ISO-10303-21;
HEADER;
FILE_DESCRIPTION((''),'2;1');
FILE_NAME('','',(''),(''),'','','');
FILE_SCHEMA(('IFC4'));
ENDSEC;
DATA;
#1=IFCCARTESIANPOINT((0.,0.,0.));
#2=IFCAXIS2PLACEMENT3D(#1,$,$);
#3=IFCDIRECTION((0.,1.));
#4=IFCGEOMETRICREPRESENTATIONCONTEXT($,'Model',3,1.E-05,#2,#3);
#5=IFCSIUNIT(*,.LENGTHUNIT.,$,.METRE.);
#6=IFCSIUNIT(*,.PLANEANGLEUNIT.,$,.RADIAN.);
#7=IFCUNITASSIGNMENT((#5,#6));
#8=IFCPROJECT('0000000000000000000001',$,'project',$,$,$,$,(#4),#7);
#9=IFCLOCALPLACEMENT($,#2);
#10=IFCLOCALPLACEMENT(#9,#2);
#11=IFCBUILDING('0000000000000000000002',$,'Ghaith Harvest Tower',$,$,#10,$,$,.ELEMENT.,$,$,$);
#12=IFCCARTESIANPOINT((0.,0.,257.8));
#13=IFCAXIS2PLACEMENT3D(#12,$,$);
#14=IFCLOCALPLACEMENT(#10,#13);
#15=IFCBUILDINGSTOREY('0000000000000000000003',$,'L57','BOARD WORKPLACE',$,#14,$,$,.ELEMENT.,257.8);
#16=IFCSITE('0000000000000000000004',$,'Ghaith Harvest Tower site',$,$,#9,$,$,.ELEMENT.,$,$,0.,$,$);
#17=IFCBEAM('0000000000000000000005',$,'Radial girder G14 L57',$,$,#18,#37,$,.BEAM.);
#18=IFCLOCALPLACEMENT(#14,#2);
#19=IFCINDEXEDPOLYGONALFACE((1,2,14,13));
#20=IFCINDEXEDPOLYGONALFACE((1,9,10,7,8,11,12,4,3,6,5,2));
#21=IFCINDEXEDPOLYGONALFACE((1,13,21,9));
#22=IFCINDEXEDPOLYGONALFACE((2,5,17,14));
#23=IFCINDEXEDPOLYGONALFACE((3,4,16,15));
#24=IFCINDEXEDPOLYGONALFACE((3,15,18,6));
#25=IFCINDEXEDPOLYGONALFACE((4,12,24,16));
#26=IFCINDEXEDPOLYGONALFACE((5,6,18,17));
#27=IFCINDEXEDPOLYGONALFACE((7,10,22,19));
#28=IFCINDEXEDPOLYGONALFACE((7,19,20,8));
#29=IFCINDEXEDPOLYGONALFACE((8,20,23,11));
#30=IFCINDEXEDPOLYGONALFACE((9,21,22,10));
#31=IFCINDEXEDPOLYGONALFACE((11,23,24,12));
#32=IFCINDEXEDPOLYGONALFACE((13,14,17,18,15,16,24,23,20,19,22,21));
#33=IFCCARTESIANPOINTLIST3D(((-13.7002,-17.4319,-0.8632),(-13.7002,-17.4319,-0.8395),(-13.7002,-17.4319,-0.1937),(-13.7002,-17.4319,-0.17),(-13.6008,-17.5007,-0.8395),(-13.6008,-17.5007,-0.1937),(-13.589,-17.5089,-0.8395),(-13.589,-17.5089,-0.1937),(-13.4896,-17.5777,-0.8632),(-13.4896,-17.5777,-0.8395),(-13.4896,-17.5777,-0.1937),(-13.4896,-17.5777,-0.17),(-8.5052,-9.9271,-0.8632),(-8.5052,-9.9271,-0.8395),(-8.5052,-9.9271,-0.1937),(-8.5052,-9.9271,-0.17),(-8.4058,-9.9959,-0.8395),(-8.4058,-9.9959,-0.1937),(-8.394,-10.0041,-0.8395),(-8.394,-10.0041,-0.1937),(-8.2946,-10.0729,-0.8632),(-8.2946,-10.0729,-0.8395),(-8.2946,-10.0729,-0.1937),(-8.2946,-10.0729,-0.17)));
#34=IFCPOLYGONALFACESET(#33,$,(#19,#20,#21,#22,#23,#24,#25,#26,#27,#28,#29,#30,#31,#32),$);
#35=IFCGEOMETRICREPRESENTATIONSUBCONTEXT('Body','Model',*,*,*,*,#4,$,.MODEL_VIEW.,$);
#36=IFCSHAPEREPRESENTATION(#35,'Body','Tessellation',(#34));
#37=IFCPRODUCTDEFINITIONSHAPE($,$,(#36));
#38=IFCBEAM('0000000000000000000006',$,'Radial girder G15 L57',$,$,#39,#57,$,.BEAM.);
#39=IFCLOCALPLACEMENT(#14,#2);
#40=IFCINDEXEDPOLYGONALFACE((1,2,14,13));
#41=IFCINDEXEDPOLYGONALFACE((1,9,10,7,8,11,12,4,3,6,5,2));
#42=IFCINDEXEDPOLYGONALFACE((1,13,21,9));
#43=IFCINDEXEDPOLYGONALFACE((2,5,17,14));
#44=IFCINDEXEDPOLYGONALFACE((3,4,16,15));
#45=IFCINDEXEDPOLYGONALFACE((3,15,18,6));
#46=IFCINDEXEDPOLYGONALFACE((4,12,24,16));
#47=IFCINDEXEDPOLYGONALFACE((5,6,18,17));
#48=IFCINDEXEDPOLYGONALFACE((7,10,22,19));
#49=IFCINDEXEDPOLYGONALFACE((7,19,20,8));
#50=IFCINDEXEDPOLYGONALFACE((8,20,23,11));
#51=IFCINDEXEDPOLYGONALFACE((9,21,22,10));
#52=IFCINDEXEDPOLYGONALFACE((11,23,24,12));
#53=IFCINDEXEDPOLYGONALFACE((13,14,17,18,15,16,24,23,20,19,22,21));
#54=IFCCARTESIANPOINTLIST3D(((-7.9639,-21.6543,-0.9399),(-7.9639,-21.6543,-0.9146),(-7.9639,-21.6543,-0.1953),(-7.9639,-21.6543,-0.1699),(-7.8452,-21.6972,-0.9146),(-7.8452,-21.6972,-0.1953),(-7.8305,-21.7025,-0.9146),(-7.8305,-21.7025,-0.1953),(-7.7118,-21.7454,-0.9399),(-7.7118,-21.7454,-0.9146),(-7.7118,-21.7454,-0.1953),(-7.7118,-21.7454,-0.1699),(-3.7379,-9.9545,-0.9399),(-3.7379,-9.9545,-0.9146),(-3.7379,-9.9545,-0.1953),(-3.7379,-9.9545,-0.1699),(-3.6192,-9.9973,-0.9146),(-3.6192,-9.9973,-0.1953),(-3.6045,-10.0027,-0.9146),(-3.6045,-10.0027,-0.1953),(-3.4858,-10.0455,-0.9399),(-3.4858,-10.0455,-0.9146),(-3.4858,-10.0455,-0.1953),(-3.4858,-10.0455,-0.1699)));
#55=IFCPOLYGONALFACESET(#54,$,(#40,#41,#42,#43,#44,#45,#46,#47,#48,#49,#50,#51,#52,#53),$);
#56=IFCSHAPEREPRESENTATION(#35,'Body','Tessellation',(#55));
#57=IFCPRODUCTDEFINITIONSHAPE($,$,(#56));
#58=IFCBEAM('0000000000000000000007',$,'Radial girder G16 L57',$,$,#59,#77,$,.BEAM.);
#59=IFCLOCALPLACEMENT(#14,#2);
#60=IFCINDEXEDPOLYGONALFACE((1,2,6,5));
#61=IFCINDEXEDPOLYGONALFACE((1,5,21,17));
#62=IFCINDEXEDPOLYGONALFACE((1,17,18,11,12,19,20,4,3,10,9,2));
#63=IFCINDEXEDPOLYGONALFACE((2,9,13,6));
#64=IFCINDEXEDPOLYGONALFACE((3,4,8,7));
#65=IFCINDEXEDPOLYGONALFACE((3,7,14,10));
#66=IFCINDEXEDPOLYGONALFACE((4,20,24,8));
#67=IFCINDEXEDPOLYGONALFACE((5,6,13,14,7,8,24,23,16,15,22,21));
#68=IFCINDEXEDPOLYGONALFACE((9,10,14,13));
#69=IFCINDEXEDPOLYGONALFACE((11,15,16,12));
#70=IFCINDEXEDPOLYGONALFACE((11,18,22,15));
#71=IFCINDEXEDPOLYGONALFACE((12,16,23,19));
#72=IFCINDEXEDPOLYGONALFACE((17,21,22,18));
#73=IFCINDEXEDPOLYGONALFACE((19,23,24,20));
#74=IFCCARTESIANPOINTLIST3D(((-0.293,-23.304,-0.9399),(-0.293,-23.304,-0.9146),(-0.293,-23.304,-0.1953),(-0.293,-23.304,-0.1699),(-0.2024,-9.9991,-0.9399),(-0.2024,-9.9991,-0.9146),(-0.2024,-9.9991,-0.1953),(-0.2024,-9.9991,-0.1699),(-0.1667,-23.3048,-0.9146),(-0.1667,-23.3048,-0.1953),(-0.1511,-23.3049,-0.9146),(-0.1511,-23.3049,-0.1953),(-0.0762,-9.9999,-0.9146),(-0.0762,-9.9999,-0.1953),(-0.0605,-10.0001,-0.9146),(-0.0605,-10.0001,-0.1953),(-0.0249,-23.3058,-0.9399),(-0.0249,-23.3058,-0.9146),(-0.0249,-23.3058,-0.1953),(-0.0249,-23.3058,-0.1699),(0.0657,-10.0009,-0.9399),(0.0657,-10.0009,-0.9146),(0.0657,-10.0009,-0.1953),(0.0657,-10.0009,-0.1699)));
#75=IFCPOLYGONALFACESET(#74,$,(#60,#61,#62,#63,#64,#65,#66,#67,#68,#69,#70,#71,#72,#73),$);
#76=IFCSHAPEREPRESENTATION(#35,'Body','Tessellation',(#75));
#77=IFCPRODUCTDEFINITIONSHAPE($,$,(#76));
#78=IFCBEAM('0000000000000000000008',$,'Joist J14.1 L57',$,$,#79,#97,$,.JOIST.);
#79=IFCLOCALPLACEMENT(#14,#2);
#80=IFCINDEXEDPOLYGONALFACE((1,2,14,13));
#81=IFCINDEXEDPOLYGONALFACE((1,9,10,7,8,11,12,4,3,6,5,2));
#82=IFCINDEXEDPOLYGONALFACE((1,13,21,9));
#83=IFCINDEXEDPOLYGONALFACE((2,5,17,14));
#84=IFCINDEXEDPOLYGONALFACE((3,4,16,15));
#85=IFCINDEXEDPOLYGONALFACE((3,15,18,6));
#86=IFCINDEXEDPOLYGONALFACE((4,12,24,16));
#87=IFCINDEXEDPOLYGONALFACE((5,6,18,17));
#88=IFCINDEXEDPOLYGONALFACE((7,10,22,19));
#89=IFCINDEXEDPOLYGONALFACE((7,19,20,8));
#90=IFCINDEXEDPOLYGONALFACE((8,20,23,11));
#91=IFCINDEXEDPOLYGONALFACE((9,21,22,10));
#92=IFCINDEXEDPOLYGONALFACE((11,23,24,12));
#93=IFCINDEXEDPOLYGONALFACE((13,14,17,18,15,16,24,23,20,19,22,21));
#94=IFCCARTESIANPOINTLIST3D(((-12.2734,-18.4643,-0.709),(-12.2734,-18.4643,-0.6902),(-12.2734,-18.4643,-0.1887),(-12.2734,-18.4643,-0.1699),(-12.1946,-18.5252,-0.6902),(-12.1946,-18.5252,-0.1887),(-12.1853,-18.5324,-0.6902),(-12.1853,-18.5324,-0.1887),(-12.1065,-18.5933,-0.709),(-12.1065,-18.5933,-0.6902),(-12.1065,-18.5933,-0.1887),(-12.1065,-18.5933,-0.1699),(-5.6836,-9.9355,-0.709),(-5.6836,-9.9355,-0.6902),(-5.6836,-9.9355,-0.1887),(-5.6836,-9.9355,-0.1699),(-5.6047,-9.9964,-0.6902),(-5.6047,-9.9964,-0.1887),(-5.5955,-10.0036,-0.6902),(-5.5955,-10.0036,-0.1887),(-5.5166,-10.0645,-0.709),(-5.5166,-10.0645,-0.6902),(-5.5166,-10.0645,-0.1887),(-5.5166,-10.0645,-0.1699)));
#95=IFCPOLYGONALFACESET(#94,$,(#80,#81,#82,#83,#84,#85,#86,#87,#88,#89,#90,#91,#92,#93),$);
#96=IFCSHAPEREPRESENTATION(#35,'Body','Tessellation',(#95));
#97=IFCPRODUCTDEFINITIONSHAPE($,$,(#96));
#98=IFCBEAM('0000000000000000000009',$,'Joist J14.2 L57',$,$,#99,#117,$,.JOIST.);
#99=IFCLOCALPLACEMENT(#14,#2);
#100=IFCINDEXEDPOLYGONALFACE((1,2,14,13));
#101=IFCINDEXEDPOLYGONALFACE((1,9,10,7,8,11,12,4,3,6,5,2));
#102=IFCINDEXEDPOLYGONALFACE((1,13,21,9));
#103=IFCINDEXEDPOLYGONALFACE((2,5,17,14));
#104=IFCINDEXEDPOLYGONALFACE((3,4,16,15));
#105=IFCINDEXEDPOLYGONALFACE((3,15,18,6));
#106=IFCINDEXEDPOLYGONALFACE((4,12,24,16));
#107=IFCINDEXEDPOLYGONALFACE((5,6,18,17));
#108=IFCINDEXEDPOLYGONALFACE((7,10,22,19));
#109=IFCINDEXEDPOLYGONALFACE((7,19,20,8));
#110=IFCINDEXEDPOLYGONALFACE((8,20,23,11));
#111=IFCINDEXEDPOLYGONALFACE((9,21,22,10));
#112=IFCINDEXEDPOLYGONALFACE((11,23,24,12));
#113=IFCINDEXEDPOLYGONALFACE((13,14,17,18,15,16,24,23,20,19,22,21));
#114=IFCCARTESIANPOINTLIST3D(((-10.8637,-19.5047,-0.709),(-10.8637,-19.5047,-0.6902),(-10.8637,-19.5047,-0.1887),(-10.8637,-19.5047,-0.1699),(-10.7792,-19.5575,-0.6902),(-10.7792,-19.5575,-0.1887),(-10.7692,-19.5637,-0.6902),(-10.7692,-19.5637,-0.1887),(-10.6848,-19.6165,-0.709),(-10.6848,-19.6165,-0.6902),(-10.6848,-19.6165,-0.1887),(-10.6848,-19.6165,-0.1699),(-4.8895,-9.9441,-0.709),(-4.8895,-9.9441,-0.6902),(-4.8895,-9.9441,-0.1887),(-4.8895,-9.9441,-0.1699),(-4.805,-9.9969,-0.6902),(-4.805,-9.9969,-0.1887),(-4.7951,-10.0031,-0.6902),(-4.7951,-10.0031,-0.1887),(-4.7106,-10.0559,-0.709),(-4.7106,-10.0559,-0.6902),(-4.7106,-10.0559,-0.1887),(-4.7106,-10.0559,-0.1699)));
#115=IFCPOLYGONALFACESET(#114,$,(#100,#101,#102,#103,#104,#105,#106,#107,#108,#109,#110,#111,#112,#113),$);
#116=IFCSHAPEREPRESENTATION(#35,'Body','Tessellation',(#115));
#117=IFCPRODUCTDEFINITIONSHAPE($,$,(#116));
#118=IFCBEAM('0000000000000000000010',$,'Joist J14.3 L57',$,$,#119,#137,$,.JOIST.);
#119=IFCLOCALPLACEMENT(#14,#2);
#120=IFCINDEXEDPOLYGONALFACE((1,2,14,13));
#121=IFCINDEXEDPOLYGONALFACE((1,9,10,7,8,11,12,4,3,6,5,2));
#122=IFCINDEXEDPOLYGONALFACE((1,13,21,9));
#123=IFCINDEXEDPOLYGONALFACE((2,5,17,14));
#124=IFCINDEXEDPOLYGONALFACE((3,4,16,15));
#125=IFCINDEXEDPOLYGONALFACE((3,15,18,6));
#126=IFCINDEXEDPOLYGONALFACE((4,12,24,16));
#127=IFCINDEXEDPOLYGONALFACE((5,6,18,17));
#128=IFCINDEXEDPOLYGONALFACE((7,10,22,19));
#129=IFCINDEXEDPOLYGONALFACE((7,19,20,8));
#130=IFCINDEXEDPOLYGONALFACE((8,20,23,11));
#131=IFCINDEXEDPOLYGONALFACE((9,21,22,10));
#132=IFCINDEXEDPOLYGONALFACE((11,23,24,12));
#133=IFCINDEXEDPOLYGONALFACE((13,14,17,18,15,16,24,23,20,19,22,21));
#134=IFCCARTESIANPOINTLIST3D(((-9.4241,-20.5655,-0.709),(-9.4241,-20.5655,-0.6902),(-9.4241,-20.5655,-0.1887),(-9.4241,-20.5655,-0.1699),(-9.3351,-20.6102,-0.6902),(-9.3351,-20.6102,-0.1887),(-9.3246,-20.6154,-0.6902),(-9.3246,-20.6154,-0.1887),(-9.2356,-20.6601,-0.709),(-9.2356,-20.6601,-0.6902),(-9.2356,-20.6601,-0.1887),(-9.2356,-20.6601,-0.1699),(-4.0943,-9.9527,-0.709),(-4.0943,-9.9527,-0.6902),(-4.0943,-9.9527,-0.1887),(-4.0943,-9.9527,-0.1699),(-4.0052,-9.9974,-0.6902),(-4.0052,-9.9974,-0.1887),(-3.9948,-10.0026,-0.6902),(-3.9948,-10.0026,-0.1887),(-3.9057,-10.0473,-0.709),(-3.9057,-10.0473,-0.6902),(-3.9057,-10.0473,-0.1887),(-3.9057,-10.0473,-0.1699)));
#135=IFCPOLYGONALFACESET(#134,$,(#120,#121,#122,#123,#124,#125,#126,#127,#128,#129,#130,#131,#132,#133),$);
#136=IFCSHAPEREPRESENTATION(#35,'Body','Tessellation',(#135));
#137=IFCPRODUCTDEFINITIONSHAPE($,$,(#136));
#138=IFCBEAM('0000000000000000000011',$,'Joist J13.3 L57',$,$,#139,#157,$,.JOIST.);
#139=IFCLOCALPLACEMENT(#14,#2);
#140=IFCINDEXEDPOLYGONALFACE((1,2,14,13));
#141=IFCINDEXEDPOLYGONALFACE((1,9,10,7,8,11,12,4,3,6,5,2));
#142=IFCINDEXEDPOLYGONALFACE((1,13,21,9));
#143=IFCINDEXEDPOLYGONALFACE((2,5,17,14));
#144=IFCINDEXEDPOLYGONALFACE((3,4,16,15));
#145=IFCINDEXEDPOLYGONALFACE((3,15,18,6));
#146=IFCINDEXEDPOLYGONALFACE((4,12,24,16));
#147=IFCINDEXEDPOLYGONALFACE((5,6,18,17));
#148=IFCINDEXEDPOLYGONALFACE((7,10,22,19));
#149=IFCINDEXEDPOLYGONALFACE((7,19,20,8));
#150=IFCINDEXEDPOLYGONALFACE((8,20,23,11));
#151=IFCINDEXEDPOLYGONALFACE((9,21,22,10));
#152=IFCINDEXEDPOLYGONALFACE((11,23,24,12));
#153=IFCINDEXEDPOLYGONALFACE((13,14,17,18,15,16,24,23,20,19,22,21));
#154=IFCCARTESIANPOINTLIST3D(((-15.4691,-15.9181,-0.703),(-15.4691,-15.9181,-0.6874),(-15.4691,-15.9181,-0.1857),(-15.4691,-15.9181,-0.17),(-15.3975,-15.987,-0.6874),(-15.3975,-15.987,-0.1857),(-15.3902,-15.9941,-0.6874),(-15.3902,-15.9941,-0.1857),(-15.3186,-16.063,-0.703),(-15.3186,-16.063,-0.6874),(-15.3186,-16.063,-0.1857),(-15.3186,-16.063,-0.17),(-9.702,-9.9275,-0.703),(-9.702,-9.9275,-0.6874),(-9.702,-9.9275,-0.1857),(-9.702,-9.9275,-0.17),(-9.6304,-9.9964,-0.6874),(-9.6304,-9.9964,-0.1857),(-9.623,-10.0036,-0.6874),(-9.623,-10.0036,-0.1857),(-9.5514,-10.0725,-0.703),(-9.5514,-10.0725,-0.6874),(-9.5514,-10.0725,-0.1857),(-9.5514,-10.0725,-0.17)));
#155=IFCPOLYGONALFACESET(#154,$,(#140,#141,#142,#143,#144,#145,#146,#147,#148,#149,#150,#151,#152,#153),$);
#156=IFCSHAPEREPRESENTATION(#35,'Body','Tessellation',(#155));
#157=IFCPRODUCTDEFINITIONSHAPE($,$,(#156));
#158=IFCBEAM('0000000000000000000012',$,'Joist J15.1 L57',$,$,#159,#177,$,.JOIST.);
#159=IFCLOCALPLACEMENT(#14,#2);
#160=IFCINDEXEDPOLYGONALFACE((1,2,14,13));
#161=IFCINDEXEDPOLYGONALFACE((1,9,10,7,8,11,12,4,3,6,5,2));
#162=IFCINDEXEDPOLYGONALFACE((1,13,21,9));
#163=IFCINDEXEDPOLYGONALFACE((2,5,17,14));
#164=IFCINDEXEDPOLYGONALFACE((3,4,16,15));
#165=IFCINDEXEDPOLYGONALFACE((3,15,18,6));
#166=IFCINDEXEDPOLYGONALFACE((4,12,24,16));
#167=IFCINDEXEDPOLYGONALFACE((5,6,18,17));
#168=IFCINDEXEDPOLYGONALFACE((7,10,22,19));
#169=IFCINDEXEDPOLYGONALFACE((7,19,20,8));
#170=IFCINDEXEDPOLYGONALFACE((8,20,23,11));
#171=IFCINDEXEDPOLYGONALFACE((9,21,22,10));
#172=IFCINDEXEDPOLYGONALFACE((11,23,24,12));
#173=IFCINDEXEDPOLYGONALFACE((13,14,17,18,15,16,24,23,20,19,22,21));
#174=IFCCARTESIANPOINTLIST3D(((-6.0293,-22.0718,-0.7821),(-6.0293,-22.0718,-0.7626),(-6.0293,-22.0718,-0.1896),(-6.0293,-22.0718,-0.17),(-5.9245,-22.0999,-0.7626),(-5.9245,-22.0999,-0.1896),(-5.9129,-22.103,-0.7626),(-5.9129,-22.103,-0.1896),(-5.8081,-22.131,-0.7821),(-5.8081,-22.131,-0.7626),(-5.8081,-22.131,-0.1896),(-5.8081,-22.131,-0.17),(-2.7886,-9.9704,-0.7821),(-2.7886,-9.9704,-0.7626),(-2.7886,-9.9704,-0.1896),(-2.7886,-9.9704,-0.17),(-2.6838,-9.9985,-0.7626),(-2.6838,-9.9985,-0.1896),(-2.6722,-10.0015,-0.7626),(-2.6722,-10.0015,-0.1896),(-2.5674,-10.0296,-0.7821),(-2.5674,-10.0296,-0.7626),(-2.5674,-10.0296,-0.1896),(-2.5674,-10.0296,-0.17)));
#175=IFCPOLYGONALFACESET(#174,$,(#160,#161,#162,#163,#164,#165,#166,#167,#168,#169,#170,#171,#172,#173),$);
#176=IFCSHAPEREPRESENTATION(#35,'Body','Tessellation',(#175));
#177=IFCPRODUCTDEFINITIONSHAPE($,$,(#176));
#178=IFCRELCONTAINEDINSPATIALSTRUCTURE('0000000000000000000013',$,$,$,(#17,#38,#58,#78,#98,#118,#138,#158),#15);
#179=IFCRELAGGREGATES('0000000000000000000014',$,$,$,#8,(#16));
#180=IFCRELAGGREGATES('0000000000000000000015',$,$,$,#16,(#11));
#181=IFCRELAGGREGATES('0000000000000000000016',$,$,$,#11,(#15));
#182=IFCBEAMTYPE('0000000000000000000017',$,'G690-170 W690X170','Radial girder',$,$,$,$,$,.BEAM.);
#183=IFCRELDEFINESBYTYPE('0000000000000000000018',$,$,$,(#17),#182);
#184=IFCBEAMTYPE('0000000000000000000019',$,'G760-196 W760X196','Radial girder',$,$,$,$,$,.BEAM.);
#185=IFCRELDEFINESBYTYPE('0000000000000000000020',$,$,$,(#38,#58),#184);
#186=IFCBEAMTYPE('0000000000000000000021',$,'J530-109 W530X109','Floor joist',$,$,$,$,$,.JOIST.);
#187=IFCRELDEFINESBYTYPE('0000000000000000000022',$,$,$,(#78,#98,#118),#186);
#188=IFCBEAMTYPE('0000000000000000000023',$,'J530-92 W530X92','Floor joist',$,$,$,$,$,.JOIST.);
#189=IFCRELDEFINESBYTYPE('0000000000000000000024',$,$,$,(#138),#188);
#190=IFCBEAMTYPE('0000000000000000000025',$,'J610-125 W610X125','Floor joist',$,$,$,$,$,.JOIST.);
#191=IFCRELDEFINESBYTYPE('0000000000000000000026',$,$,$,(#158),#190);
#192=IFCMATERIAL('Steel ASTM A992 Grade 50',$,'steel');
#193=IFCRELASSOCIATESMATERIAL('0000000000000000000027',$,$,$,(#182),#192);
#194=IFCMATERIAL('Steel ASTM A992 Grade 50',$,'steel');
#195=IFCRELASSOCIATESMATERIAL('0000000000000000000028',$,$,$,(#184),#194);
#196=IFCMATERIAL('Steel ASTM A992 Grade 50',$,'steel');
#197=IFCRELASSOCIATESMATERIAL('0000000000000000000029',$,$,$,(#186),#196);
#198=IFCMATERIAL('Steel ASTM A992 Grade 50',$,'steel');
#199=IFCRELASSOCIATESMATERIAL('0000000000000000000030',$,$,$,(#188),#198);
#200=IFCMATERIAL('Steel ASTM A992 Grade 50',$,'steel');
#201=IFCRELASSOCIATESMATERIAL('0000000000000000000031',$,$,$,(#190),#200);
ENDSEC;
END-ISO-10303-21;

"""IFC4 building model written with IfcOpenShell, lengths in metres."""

from ifc_helpers import new_model, si_unit, direction, frame, origin, origin_2d, place, context, subcontext, project, spatial, i_section, extrude, material, material_profile, profile_set, type_object, element, save


model = new_model("IFC4")

# Units and contexts
model_context = context("Model", 3, precision=1e-05, world=origin(), true_north=direction((0.0, 1.0)))
body_context = subcontext(model_context, "Body", "Model", "MODEL_VIEW")
ifc_project = project(units=[si_unit("LENGTHUNIT", "METRE"), si_unit("PLANEANGLEUNIT", "RADIAN")], contexts=[model_context])

# Site, building, storey
site_placement = place(None, origin())
site = spatial("IfcSite", under=ifc_project, at=site_placement, Name="Ghaith Harvest Tower site", CompositionType="ELEMENT", RefElevation=0.0)
building_placement = place(site_placement, origin())
building = spatial("IfcBuilding", under=site, at=building_placement, Name="Ghaith Harvest Tower", CompositionType="ELEMENT")
storey_placement = place(building_placement, frame((0.0, 0.0, 257.8)))
storey = spatial("IfcBuildingStorey", under=building, at=storey_placement, Name="L57", Description="BOARD WORKPLACE", CompositionType="ELEMENT", Elevation=257.8)

# Beams
ifc_material_1 = material(Name="Steel ASTM A992 Grade 50", Category="steel")
ifc_material_profile_1 = material_profile(ifc_material_1, i_section(OverallWidth=0.2561, OverallDepth=0.6931, WebThickness=0.0144, FlangeThickness=0.0237, at=origin_2d()), Name="W690X170")
ifc_profile_set_1 = profile_set([ifc_material_profile_1], Name="Steel ASTM A992 Grade 50")
beam_type_1 = type_object("IfcBeamType", Name="G690-170 W690X170", Description="Radial girder", PredefinedType="BEAM", material=ifc_profile_set_1)
beam_1_placement = place(storey_placement, frame((-8.3999, -10.0, -0.5166), z_axis=(-0.569164, -0.822224, 0.0), x_axis=(0.822224, -0.569164, 0.0)))
element("IfcBeam", 1, at=beam_1_placement, inside=storey, type_object=beam_type_1, Name="Radial girder G14 L57", PredefinedType="BEAM", context=body_context, shape_type="SweptSolid", body=[
    extrude(i_section(OverallWidth=0.2561, OverallDepth=0.6931, WebThickness=0.0144, FlangeThickness=0.0237, at=origin_2d()), origin(), (0.0, 0.0, 1.0), 9.1274),
])
ifc_material_2 = material(Name="Steel ASTM A992 Grade 50", Category="steel")
ifc_material_profile_2 = material_profile(ifc_material_2, i_section(OverallWidth=0.2681, OverallDepth=0.77, WebThickness=0.0156, FlangeThickness=0.0254, at=origin_2d()), Name="W760X196")
ifc_profile_set_2 = profile_set([ifc_material_profile_2], Name="Steel ASTM A992 Grade 50")
beam_type_2 = type_object("IfcBeamType", Name="G760-196 W760X196", Description="Radial girder", PredefinedType="BEAM", material=ifc_profile_set_2)
beam_2_placement = place(storey_placement, frame((-3.6118, -10.0, -0.5549), z_axis=(-0.339722, -0.940526, 0.0), x_axis=(0.940526, -0.339722, 0.0)))
element("IfcBeam", 2, at=beam_2_placement, inside=storey, type_object=beam_type_2, Name="Radial girder G15 L57", PredefinedType="BEAM", context=body_context, shape_type="SweptSolid", body=[
    extrude(i_section(OverallWidth=0.2681, OverallDepth=0.77, WebThickness=0.0156, FlangeThickness=0.0254, at=origin_2d()), origin(), (0.0, 0.0, 1.0), 12.4397),
])
beam_3_placement = place(storey_placement, frame((-0.0684, -10.0, -0.5549), z_axis=(-0.006808, -0.999977, 0.0), x_axis=(0.999977, -0.006808, 0.0)))
element("IfcBeam", 3, at=beam_3_placement, inside=storey, type_object=beam_type_2, Name="Radial girder G16 L57", PredefinedType="BEAM", context=body_context, shape_type="SweptSolid", body=[
    extrude(i_section(OverallWidth=0.2681, OverallDepth=0.77, WebThickness=0.0156, FlangeThickness=0.0254, at=origin_2d()), origin(), (0.0, 0.0, 1.0), 13.3052),
])
ifc_material_3 = material(Name="Steel ASTM A992 Grade 50", Category="steel")
ifc_material_profile_3 = material_profile(ifc_material_3, i_section(OverallWidth=0.2109, OverallDepth=0.5391, WebThickness=0.0117, FlangeThickness=0.0188, at=origin_2d()), Name="W530X109")
ifc_profile_set_3 = profile_set([ifc_material_profile_3], Name="Steel ASTM A992 Grade 50")
beam_type_3 = type_object("IfcBeamType", Name="J530-109 W530X109", Description="Floor joist", PredefinedType="JOIST", material=ifc_profile_set_3)
beam_4_placement = place(storey_placement, frame((-5.6001, -10.0, -0.4395), z_axis=(-0.611413, -0.791312, 0.0), x_axis=(0.791312, -0.611413, 0.0)))
element("IfcBeam", 4, at=beam_4_placement, inside=storey, type_object=beam_type_3, Name="Joist J14.1 L57", PredefinedType="JOIST", context=body_context, shape_type="SweptSolid", body=[
    extrude(i_section(OverallWidth=0.2109, OverallDepth=0.5391, WebThickness=0.0117, FlangeThickness=0.0188, at=origin_2d()), origin(), (0.0, 0.0, 1.0), 10.7781),
])
beam_5_placement = place(storey_placement, frame((-4.8, -10.0, -0.4395), z_axis=(-0.529921, -0.848047, 0.0), x_axis=(0.848047, -0.529921, 0.0)))
element("IfcBeam", 5, at=beam_5_placement, inside=storey, type_object=beam_type_3, Name="Joist J14.2 L57", PredefinedType="JOIST", context=body_context, shape_type="SweptSolid", body=[
    extrude(i_section(OverallWidth=0.2109, OverallDepth=0.5391, WebThickness=0.0117, FlangeThickness=0.0188, at=origin_2d()), origin(), (0.0, 0.0, 1.0), 11.2737),
])
beam_6_placement = place(storey_placement, frame((-4.0, -10.0, -0.4395), z_axis=(-0.448792, -0.893636, 0.0), x_axis=(0.893636, -0.448792, 0.0)))
element("IfcBeam", 6, at=beam_6_placement, inside=storey, type_object=beam_type_3, Name="Joist J14.3 L57", PredefinedType="JOIST", context=body_context, shape_type="SweptSolid", body=[
    extrude(i_section(OverallWidth=0.2109, OverallDepth=0.5391, WebThickness=0.0117, FlangeThickness=0.0188, at=origin_2d()), origin(), (0.0, 0.0, 1.0), 11.876),
])
ifc_material_4 = material(Name="Steel ASTM A992 Grade 50", Category="steel")
ifc_material_profile_4 = material_profile(ifc_material_4, i_section(OverallWidth=0.209, OverallDepth=0.533, WebThickness=0.0103, FlangeThickness=0.0156, at=origin_2d()), Name="W530X92")
ifc_profile_set_4 = profile_set([ifc_material_profile_4], Name="Steel ASTM A992 Grade 50")
beam_type_4 = type_object("IfcBeamType", Name="J530-92 W530X92", Description="Floor joist", PredefinedType="JOIST", material=ifc_profile_set_4)
beam_7_placement = place(storey_placement, frame((-9.6267, -10.0, -0.4365), z_axis=(-0.693547, -0.720411, 0.0), x_axis=(0.720411, -0.693547, 0.0)))
element("IfcBeam", 7, at=beam_7_placement, inside=storey, type_object=beam_type_4, Name="Joist J13.3 L57", PredefinedType="JOIST", context=body_context, shape_type="SweptSolid", body=[
    extrude(i_section(OverallWidth=0.209, OverallDepth=0.533, WebThickness=0.0103, FlangeThickness=0.0156, at=origin_2d()), origin(), (0.0, 0.0, 1.0), 8.3154),
])
ifc_material_5 = material(Name="Steel ASTM A992 Grade 50", Category="steel")
ifc_material_profile_5 = material_profile(ifc_material_5, i_section(OverallWidth=0.229, OverallDepth=0.6121, WebThickness=0.012, FlangeThickness=0.0195, at=origin_2d()), Name="W610X125")
ifc_profile_set_5 = profile_set([ifc_material_profile_5], Name="Steel ASTM A992 Grade 50")
beam_type_5 = type_object("IfcBeamType", Name="J610-125 W610X125", Description="Floor joist", PredefinedType="JOIST", material=ifc_profile_set_5)
beam_8_placement = place(storey_placement, frame((-2.678, -10.0, -0.4761), z_axis=(-0.258684, -0.965962, 0.0), x_axis=(0.965962, -0.258684, 0.0)))
element("IfcBeam", 8, at=beam_8_placement, inside=storey, type_object=beam_type_5, Name="Joist J15.1 L57", PredefinedType="JOIST", context=body_context, shape_type="SweptSolid", body=[
    extrude(i_section(OverallWidth=0.229, OverallDepth=0.6121, WebThickness=0.012, FlangeThickness=0.0195, at=origin_2d()), origin(), (0.0, 0.0, 1.0), 12.5278),
])

save(model, "model.ifc")
